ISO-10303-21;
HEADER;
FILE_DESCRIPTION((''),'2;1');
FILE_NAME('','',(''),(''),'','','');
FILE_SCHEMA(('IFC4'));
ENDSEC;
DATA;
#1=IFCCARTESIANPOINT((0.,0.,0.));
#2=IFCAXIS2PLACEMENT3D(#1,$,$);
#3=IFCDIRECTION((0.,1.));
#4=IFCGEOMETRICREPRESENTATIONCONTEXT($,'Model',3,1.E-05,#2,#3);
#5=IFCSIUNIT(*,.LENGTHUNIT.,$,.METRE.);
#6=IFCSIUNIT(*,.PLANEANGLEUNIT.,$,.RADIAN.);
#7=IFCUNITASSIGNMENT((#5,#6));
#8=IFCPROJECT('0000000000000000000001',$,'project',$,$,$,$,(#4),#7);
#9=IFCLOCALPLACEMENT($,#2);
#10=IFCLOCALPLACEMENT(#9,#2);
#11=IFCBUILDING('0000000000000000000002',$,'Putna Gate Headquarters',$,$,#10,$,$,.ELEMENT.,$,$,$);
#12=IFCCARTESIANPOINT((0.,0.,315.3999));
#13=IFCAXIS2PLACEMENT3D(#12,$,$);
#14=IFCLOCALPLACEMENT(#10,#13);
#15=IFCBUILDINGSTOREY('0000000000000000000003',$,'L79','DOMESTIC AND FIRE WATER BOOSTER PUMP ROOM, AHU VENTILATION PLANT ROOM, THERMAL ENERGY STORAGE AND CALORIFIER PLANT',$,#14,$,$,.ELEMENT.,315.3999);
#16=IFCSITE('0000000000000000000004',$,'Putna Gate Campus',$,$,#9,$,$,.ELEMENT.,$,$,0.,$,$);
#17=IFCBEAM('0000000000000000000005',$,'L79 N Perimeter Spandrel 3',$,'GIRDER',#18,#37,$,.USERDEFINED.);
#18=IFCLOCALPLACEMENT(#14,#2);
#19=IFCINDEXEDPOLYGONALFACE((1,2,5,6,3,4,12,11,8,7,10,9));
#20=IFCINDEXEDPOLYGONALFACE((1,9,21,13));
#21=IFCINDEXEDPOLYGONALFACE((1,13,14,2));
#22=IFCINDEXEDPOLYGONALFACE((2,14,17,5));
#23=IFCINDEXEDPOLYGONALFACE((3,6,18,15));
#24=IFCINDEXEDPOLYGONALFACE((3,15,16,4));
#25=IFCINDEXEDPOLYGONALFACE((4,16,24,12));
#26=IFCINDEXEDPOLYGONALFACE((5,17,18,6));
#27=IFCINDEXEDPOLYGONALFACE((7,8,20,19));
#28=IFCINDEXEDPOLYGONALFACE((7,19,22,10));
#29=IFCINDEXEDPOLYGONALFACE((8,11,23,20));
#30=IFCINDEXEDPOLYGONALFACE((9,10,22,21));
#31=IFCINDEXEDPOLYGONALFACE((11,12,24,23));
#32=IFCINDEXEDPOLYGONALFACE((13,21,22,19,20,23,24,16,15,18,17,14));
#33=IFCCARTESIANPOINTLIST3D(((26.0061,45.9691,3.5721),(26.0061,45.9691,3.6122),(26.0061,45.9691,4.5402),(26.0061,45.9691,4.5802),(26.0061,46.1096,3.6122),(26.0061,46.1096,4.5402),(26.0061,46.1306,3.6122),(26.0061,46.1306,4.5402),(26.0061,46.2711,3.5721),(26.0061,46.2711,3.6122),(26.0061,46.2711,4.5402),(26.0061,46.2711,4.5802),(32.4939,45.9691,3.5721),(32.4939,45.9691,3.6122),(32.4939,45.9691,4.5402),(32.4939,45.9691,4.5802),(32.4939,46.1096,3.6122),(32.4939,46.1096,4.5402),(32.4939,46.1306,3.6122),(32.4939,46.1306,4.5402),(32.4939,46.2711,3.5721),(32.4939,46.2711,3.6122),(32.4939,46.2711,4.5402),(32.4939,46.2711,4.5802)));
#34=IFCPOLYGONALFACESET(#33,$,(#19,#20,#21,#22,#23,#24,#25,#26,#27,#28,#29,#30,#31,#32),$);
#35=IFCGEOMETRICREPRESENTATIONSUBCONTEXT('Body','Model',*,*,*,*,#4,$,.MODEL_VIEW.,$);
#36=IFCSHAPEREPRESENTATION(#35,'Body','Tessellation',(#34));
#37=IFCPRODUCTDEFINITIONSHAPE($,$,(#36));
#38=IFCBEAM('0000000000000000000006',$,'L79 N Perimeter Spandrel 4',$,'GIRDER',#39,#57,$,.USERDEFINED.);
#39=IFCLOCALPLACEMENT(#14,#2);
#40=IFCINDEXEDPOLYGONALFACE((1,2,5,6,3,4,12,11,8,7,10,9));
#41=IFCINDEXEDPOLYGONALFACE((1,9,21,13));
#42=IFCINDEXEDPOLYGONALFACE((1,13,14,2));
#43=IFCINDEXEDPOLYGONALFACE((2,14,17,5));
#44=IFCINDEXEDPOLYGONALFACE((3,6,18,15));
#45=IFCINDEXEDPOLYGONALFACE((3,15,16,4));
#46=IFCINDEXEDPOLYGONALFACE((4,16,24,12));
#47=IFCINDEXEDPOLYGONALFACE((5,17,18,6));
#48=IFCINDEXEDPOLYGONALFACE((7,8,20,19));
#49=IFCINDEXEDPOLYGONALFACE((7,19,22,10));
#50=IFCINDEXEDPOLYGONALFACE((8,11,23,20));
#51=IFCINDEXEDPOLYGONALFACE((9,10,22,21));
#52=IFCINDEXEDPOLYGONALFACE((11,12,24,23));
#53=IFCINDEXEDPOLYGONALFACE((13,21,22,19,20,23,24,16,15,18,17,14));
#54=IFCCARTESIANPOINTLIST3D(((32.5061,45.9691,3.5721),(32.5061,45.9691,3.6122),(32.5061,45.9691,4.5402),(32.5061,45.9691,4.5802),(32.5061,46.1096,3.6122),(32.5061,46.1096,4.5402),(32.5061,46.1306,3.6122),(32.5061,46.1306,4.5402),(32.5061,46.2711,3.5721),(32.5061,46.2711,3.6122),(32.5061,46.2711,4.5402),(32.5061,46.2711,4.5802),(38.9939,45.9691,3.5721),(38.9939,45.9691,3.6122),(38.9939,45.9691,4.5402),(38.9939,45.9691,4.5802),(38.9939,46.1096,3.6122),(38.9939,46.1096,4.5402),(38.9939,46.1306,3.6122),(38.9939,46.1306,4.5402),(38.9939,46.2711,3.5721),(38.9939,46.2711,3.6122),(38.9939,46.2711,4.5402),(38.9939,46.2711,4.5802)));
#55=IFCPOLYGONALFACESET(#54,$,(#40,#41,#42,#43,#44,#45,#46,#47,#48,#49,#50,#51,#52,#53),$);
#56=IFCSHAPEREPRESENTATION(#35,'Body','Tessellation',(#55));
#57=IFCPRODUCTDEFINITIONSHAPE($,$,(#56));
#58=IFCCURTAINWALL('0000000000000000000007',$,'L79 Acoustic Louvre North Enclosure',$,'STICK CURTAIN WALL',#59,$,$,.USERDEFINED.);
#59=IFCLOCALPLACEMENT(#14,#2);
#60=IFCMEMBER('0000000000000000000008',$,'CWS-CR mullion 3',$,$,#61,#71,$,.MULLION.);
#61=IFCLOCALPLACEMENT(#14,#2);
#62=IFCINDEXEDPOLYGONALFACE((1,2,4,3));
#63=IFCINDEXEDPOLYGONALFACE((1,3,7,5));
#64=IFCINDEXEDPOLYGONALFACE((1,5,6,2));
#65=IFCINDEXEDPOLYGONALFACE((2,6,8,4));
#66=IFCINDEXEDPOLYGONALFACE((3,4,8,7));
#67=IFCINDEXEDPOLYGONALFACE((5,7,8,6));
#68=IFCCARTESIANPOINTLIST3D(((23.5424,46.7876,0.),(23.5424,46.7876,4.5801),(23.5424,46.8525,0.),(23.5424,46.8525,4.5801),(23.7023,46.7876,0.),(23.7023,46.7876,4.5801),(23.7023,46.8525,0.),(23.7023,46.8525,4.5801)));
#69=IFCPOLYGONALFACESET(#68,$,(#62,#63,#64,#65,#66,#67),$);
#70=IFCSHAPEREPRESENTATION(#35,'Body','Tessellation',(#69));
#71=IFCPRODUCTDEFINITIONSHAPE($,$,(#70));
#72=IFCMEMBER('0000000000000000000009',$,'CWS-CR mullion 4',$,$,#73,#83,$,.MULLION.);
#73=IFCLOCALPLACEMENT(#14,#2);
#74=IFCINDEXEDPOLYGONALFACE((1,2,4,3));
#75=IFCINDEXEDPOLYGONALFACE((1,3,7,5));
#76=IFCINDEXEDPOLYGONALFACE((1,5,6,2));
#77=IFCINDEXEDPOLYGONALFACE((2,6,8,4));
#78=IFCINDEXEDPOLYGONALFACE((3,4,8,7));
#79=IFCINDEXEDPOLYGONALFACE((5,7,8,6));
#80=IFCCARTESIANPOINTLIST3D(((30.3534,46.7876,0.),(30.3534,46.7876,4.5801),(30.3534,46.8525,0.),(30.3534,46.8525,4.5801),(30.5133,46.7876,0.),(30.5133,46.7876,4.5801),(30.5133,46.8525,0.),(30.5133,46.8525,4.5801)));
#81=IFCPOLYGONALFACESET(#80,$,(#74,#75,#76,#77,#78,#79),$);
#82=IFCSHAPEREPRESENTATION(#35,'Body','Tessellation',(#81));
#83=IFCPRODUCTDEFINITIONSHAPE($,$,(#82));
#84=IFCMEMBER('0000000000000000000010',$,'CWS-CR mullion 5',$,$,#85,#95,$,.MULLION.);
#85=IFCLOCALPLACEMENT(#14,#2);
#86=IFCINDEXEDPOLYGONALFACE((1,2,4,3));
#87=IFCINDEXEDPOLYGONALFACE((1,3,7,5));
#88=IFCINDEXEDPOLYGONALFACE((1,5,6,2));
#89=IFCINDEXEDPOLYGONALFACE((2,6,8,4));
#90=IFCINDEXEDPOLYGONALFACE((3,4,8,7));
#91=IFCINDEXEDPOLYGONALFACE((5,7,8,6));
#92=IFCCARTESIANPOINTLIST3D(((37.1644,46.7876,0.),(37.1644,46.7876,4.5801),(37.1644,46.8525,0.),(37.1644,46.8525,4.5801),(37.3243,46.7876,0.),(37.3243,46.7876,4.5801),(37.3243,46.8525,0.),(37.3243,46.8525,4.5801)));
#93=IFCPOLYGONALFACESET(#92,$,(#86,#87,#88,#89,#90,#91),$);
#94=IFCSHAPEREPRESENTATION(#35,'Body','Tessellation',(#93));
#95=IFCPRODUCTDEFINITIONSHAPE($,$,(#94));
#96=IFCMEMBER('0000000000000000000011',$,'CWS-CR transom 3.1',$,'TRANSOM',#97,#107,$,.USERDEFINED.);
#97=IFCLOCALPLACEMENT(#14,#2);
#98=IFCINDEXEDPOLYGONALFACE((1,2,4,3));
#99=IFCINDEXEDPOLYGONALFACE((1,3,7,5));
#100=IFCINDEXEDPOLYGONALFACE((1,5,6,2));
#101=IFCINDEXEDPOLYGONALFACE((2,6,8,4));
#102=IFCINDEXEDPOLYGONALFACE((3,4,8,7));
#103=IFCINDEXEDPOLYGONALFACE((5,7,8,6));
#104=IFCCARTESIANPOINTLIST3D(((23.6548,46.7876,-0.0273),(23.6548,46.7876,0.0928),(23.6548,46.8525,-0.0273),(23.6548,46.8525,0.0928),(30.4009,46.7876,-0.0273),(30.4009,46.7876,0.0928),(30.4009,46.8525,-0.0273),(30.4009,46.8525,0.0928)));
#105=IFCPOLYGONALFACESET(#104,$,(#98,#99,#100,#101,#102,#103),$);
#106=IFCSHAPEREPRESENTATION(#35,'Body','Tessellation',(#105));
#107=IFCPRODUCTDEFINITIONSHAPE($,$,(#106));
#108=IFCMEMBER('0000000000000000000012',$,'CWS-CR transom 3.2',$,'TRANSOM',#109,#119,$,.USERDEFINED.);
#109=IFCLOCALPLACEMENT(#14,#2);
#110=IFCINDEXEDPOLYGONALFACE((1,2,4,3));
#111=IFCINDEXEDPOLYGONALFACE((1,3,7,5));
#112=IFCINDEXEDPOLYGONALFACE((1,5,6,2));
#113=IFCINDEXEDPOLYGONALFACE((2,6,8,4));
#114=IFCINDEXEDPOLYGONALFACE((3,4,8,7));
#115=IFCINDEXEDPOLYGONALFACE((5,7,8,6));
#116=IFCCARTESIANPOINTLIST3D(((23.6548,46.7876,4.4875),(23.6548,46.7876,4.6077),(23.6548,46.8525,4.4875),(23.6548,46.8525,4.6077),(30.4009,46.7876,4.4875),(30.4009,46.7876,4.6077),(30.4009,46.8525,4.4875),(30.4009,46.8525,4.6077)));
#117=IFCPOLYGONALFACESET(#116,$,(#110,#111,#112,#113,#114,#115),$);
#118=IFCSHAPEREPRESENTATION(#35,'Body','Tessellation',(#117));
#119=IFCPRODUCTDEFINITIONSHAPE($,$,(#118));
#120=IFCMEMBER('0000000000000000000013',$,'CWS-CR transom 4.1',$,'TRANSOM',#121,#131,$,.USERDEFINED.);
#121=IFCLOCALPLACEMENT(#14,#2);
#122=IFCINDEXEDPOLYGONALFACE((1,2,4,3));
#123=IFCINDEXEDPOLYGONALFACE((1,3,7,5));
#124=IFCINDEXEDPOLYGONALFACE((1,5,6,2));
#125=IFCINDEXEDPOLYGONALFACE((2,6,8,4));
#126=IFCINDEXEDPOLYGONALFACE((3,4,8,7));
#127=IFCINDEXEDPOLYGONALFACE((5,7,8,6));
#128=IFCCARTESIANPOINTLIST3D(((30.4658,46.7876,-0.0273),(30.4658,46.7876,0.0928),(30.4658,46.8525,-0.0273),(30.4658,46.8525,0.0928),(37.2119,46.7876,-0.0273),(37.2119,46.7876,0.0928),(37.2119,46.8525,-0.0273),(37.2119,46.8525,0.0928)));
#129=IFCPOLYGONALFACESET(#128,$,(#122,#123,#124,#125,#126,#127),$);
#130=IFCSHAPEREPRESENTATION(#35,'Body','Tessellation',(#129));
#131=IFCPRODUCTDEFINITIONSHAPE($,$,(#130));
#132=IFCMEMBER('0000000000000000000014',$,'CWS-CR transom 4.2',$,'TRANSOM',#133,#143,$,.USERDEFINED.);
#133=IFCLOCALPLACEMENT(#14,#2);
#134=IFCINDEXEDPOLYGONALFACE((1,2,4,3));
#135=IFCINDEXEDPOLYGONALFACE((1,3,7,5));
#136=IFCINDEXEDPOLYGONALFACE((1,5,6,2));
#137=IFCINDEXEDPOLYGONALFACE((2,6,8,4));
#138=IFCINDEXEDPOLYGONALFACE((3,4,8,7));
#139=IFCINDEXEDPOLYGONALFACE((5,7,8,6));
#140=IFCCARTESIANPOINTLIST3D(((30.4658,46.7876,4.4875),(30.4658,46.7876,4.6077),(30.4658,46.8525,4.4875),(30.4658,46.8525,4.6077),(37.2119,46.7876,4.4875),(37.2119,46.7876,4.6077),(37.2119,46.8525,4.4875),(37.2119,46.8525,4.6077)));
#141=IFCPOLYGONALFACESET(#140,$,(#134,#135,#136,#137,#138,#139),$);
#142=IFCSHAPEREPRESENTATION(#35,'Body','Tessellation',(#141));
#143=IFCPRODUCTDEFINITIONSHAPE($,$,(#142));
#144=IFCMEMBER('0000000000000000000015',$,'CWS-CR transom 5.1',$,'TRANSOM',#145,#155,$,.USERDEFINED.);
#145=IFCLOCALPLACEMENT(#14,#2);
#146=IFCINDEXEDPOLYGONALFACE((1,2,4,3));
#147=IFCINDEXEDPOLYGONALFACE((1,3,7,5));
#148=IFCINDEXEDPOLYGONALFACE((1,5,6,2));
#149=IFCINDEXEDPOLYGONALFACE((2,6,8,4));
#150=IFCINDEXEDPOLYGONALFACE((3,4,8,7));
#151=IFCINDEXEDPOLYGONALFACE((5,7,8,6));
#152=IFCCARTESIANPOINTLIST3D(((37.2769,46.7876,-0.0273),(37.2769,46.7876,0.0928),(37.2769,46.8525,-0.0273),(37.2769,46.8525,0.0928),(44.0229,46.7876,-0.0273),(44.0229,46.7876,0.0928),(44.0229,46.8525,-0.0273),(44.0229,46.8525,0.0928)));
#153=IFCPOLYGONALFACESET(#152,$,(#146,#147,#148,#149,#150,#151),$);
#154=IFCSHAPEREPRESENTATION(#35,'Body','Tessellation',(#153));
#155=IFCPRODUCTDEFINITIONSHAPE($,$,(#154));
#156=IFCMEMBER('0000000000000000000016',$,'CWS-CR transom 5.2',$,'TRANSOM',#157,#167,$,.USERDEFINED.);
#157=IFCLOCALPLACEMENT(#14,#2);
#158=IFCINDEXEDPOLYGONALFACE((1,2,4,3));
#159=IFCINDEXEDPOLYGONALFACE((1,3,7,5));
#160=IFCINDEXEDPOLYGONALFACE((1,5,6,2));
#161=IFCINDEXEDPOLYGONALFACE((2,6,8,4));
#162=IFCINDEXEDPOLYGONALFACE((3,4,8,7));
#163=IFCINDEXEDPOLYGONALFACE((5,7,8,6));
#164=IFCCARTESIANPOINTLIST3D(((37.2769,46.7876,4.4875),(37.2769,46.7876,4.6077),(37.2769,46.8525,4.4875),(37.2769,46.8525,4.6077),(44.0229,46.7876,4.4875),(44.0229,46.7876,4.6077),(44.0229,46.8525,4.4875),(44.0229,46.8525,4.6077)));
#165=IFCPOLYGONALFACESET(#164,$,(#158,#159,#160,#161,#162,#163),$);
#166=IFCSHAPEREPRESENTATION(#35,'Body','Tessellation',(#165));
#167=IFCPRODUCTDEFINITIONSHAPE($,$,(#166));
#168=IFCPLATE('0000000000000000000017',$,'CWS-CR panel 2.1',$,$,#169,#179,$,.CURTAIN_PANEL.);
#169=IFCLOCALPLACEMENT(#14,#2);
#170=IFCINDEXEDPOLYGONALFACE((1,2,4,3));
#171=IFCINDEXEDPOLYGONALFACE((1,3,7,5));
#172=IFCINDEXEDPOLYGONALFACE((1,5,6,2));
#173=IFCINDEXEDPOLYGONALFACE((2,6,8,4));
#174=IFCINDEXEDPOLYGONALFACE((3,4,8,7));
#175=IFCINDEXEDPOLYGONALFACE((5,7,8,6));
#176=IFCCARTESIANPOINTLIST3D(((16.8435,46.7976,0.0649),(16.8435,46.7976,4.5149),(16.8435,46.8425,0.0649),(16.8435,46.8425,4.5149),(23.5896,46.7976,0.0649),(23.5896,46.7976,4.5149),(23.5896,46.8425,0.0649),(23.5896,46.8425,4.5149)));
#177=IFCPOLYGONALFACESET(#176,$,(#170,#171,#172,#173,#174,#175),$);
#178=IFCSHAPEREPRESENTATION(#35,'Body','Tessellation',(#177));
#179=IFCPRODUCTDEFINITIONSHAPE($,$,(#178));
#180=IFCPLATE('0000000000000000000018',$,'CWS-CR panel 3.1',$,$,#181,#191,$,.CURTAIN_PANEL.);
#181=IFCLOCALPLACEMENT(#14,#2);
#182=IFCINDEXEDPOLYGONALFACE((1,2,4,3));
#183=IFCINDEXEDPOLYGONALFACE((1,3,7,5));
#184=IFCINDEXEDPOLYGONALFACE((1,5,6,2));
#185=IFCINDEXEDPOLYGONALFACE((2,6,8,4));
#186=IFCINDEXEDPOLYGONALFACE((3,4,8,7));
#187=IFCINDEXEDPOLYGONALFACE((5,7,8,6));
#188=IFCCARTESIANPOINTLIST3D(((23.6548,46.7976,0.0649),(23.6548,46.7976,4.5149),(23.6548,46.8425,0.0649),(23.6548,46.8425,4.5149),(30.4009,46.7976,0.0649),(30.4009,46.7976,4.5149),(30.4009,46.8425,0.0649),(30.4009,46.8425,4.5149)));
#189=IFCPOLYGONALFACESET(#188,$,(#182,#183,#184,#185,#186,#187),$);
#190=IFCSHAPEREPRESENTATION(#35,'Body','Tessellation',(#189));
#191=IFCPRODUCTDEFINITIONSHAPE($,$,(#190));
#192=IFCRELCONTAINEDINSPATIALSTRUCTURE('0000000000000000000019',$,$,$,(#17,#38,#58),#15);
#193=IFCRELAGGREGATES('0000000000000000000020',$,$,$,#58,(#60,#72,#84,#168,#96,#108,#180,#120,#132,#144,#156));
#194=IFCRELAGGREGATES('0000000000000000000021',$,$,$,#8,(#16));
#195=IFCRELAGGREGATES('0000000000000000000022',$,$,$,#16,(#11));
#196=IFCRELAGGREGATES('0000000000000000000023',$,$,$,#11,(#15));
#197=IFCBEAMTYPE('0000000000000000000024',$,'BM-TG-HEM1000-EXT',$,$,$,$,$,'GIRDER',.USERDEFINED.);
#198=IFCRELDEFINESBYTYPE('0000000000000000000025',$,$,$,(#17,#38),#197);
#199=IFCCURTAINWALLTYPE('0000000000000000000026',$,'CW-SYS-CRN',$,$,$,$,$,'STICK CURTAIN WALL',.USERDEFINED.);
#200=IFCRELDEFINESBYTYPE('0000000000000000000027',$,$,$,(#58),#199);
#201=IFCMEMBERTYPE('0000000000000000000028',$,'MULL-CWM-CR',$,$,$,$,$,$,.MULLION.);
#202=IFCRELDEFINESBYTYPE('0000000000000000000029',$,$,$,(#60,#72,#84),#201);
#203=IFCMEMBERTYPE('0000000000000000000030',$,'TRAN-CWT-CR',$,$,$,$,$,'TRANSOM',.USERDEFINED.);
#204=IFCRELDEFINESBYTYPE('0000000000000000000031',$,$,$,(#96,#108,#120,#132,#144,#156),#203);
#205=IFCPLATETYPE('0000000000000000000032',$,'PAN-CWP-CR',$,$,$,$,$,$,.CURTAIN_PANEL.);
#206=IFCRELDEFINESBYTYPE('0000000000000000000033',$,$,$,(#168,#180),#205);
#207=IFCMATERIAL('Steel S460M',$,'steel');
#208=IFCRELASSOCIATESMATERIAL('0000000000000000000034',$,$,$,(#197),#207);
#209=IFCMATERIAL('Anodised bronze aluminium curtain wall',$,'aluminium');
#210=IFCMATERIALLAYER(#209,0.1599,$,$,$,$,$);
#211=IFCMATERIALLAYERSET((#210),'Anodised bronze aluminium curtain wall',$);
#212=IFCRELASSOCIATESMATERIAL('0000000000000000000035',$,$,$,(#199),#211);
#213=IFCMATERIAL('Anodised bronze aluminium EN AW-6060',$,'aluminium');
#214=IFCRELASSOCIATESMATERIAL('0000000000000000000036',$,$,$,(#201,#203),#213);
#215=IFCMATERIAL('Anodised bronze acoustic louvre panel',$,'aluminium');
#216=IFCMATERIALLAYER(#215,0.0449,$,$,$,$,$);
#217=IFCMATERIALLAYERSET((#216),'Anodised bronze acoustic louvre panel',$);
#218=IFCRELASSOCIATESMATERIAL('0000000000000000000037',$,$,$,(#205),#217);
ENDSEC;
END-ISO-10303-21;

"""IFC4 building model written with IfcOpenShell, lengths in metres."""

from ifc_helpers import new_model, si_unit, direction, frame, origin, origin_2d, place, context, subcontext, project, spatial, rectangle, i_section, extrude, material, layer, layer_set, material_profile, profile_set, type_object, element, aggregate, save


model = new_model("IFC4")

# Units and contexts
model_context = context("Model", 3, precision=1e-05, world=origin(), true_north=direction((0.0, 1.0)))
body_context = subcontext(model_context, "Body", "Model", "MODEL_VIEW")
ifc_project = project(units=[si_unit("LENGTHUNIT", "METRE"), si_unit("PLANEANGLEUNIT", "RADIAN")], contexts=[model_context])

# Site, building, storey
site_placement = place(None, origin())
site = spatial("IfcSite", under=ifc_project, at=site_placement, Name="Putna Gate Campus", CompositionType="ELEMENT", RefElevation=0.0)
building_placement = place(site_placement, origin())
building = spatial("IfcBuilding", under=site, at=building_placement, Name="Putna Gate Headquarters", CompositionType="ELEMENT")
storey_placement = place(building_placement, frame((0.0, 0.0, 315.3999)))
storey = spatial("IfcBuildingStorey", under=building, at=storey_placement, Name="L79", Description="DOMESTIC AND FIRE WATER BOOSTER PUMP ROOM, AHU VENTILATION PLANT ROOM, THERMAL ENERGY STORAGE AND CALORIFIER PLANT", CompositionType="ELEMENT", Elevation=315.3999)

# Shared definitions
ifc_material_1 = material(Name="Steel S460M", Category="steel")

# Beams
ifc_material_profile_1 = material_profile(ifc_material_1, i_section(OverallWidth=0.302, OverallDepth=1.0081, WebThickness=0.021, FlangeThickness=0.04, at=origin_2d()), Name="Steel S460M")
ifc_profile_set_1 = profile_set([ifc_material_profile_1], Name="Steel S460M")
beam_type_1 = type_object("IfcBeamType", Name="BM-TG-HEM1000-EXT", ElementType="GIRDER", PredefinedType="USERDEFINED", material=ifc_profile_set_1)
for number, where, z_axis, x_axis, name in (
    (1, (26.0061, 46.1201, 4.0762), (1.0, 0.0, 0.0), (0.0, 1.0, 0.0), "L79 N Perimeter Spandrel 3"),
    (2, (32.5061, 46.1201, 4.0762), (1.0, 0.0, 0.0), (0.0, 1.0, 0.0), "L79 N Perimeter Spandrel 4"),
):
    element("IfcBeam", number, at=place(storey_placement, frame(where, z_axis=z_axis, x_axis=x_axis)), inside=storey, type_object=beam_type_1, Name=name, ObjectType="GIRDER", PredefinedType="USERDEFINED", context=body_context, shape_type="SweptSolid", body=[
        extrude(i_section(OverallWidth=0.302, OverallDepth=1.0081, WebThickness=0.021, FlangeThickness=0.04, at=origin_2d()), origin(), (0.0, 0.0, 1.0), 6.4878),
    ])

# Curtain wall, members, plates
ifc_material_2 = material(Name="Anodised bronze aluminium curtain wall", Category="aluminium")
ifc_layer_1 = layer(ifc_material_2, 0.1599)
ifc_layer_set_1 = layer_set([ifc_layer_1], Name="Anodised bronze aluminium curtain wall")
curtain_wall_type = type_object("IfcCurtainWallType", Name="CW-SYS-CRN", ElementType="STICK CURTAIN WALL", PredefinedType="USERDEFINED", material=ifc_layer_set_1)
curtain_wall_placement = place(storey_placement, origin())
curtain_wall = element("IfcCurtainWall", 3, at=curtain_wall_placement, inside=storey, type_object=curtain_wall_type, Name="L79 Acoustic Louvre North Enclosure", ObjectType="STICK CURTAIN WALL", PredefinedType="USERDEFINED")
ifc_material_3 = material(Name="Anodised bronze aluminium EN AW-6060", Category="aluminium")
ifc_material_profile_2 = material_profile(ifc_material_3, rectangle(XDim=0.0649, YDim=0.1599, at=origin_2d()), Name="Anodised bronze aluminium EN AW-6060")
ifc_profile_set_2 = profile_set([ifc_material_profile_2], Name="Anodised bronze aluminium EN AW-6060")
member_type_1 = type_object("IfcMemberType", Name="MULL-CWM-CR", PredefinedType="MULLION", material=ifc_profile_set_2)
member_1_placement = place(storey_placement, frame((23.6223, 46.8201, 0.0), z_axis=(0.0, 0.0, 1.0), x_axis=(0.0, 1.0, 0.0)))
member_1 = element("IfcMember", 4, at=member_1_placement, type_object=member_type_1, Name="CWS-CR mullion 3", PredefinedType="MULLION", context=body_context, shape_type="SweptSolid", body=[
    extrude(rectangle(XDim=0.0649, YDim=0.1599, at=origin_2d()), origin(), (0.0, 0.0, 1.0), 4.5801),
])
member_2_placement = place(storey_placement, frame((30.4333, 46.8201, 0.0), z_axis=(0.0, 0.0, 1.0), x_axis=(0.0, 1.0, 0.0)))
member_2 = element("IfcMember", 5, at=member_2_placement, type_object=member_type_1, Name="CWS-CR mullion 4", PredefinedType="MULLION", context=body_context, shape_type="SweptSolid", body=[
    extrude(rectangle(XDim=0.0649, YDim=0.1599, at=origin_2d()), origin(), (0.0, 0.0, 1.0), 4.5801),
])
member_3_placement = place(storey_placement, frame((37.2444, 46.8201, 0.0), z_axis=(0.0, 0.0, 1.0), x_axis=(0.0, 1.0, 0.0)))
member_3 = element("IfcMember", 6, at=member_3_placement, type_object=member_type_1, Name="CWS-CR mullion 5", PredefinedType="MULLION", context=body_context, shape_type="SweptSolid", body=[
    extrude(rectangle(XDim=0.0649, YDim=0.1599, at=origin_2d()), origin(), (0.0, 0.0, 1.0), 4.5801),
])
ifc_material_profile_3 = material_profile(ifc_material_3, rectangle(XDim=0.0649, YDim=0.1201, at=origin_2d()), Name="Anodised bronze aluminium EN AW-6060")
ifc_profile_set_3 = profile_set([ifc_material_profile_3], Name="Anodised bronze aluminium EN AW-6060")
member_type_2 = type_object("IfcMemberType", Name="TRAN-CWT-CR", ElementType="TRANSOM", PredefinedType="USERDEFINED", material=ifc_profile_set_3)
member_4_placement = place(storey_placement, frame((23.6548, 46.8201, 0.0327), z_axis=(1.0, 0.0, 0.0), x_axis=(0.0, 1.0, 0.0)))
member_4 = element("IfcMember", 7, at=member_4_placement, type_object=member_type_2, Name="CWS-CR transom 3.1", ObjectType="TRANSOM", PredefinedType="USERDEFINED", context=body_context, shape_type="SweptSolid", body=[
    extrude(rectangle(XDim=0.0649, YDim=0.1201, at=origin_2d()), origin(), (0.0, 0.0, 1.0), 6.7461),
])
member_5_placement = place(storey_placement, frame((23.6548, 46.8201, 4.5476), z_axis=(1.0, 0.0, 0.0), x_axis=(0.0, 1.0, 0.0)))
member_5 = element("IfcMember", 8, at=member_5_placement, type_object=member_type_2, Name="CWS-CR transom 3.2", ObjectType="TRANSOM", PredefinedType="USERDEFINED", context=body_context, shape_type="SweptSolid", body=[
    extrude(rectangle(XDim=0.0649, YDim=0.1201, at=origin_2d()), origin(), (0.0, 0.0, 1.0), 6.7461),
])
member_6_placement = place(storey_placement, frame((30.4658, 46.8201, 0.0327), z_axis=(1.0, 0.0, 0.0), x_axis=(0.0, 1.0, 0.0)))
member_6 = element("IfcMember", 9, at=member_6_placement, type_object=member_type_2, Name="CWS-CR transom 4.1", ObjectType="TRANSOM", PredefinedType="USERDEFINED", context=body_context, shape_type="SweptSolid", body=[
    extrude(rectangle(XDim=0.0649, YDim=0.1201, at=origin_2d()), origin(), (0.0, 0.0, 1.0), 6.7461),
])
member_7_placement = place(storey_placement, frame((30.4658, 46.8201, 4.5476), z_axis=(1.0, 0.0, 0.0), x_axis=(0.0, 1.0, 0.0)))
member_7 = element("IfcMember", 10, at=member_7_placement, type_object=member_type_2, Name="CWS-CR transom 4.2", ObjectType="TRANSOM", PredefinedType="USERDEFINED", context=body_context, shape_type="SweptSolid", body=[
    extrude(rectangle(XDim=0.0649, YDim=0.1201, at=origin_2d()), origin(), (0.0, 0.0, 1.0), 6.7461),
])
member_8_placement = place(storey_placement, frame((37.2769, 46.8201, 0.0327), z_axis=(1.0, 0.0, 0.0), x_axis=(0.0, 1.0, 0.0)))
member_8 = element("IfcMember", 11, at=member_8_placement, type_object=member_type_2, Name="CWS-CR transom 5.1", ObjectType="TRANSOM", PredefinedType="USERDEFINED", context=body_context, shape_type="SweptSolid", body=[
    extrude(rectangle(XDim=0.0649, YDim=0.1201, at=origin_2d()), origin(), (0.0, 0.0, 1.0), 6.7461),
])
member_9_placement = place(storey_placement, frame((37.2769, 46.8201, 4.5476), z_axis=(1.0, 0.0, 0.0), x_axis=(0.0, 1.0, 0.0)))
member_9 = element("IfcMember", 12, at=member_9_placement, type_object=member_type_2, Name="CWS-CR transom 5.2", ObjectType="TRANSOM", PredefinedType="USERDEFINED", context=body_context, shape_type="SweptSolid", body=[
    extrude(rectangle(XDim=0.0649, YDim=0.1201, at=origin_2d()), origin(), (0.0, 0.0, 1.0), 6.7461),
])
ifc_material_4 = material(Name="Anodised bronze acoustic louvre panel", Category="aluminium")
ifc_layer_2 = layer(ifc_material_4, 0.0449)
ifc_layer_set_2 = layer_set([ifc_layer_2], Name="Anodised bronze acoustic louvre panel")
plate_type = type_object("IfcPlateType", Name="PAN-CWP-CR", PredefinedType="CURTAIN_PANEL", material=ifc_layer_set_2)
plate_1_placement = place(storey_placement, frame((20.2166, 46.8201, 0.0649), z_axis=(0.0, 0.0, 1.0), x_axis=(1.0, 0.0, 0.0)))
plate_1 = element("IfcPlate", 13, at=plate_1_placement, type_object=plate_type, Name="CWS-CR panel 2.1", PredefinedType="CURTAIN_PANEL", context=body_context, shape_type="SweptSolid", body=[
    extrude(rectangle(XDim=6.7461, YDim=0.0449, at=origin_2d()), origin(), (0.0, 0.0, 1.0), 4.45),
])
plate_2_placement = place(storey_placement, frame((27.0278, 46.8201, 0.0649), z_axis=(0.0, 0.0, 1.0), x_axis=(1.0, 0.0, 0.0)))
plate_2 = element("IfcPlate", 14, at=plate_2_placement, type_object=plate_type, Name="CWS-CR panel 3.1", PredefinedType="CURTAIN_PANEL", context=body_context, shape_type="SweptSolid", body=[
    extrude(rectangle(XDim=6.7461, YDim=0.0449, at=origin_2d()), origin(), (0.0, 0.0, 1.0), 4.45),
])
aggregate(curtain_wall, [member_1, member_2, member_3, plate_1, member_4, member_5, plate_2, member_6, member_7, member_8, member_9])

save(model, "model.ifc")
